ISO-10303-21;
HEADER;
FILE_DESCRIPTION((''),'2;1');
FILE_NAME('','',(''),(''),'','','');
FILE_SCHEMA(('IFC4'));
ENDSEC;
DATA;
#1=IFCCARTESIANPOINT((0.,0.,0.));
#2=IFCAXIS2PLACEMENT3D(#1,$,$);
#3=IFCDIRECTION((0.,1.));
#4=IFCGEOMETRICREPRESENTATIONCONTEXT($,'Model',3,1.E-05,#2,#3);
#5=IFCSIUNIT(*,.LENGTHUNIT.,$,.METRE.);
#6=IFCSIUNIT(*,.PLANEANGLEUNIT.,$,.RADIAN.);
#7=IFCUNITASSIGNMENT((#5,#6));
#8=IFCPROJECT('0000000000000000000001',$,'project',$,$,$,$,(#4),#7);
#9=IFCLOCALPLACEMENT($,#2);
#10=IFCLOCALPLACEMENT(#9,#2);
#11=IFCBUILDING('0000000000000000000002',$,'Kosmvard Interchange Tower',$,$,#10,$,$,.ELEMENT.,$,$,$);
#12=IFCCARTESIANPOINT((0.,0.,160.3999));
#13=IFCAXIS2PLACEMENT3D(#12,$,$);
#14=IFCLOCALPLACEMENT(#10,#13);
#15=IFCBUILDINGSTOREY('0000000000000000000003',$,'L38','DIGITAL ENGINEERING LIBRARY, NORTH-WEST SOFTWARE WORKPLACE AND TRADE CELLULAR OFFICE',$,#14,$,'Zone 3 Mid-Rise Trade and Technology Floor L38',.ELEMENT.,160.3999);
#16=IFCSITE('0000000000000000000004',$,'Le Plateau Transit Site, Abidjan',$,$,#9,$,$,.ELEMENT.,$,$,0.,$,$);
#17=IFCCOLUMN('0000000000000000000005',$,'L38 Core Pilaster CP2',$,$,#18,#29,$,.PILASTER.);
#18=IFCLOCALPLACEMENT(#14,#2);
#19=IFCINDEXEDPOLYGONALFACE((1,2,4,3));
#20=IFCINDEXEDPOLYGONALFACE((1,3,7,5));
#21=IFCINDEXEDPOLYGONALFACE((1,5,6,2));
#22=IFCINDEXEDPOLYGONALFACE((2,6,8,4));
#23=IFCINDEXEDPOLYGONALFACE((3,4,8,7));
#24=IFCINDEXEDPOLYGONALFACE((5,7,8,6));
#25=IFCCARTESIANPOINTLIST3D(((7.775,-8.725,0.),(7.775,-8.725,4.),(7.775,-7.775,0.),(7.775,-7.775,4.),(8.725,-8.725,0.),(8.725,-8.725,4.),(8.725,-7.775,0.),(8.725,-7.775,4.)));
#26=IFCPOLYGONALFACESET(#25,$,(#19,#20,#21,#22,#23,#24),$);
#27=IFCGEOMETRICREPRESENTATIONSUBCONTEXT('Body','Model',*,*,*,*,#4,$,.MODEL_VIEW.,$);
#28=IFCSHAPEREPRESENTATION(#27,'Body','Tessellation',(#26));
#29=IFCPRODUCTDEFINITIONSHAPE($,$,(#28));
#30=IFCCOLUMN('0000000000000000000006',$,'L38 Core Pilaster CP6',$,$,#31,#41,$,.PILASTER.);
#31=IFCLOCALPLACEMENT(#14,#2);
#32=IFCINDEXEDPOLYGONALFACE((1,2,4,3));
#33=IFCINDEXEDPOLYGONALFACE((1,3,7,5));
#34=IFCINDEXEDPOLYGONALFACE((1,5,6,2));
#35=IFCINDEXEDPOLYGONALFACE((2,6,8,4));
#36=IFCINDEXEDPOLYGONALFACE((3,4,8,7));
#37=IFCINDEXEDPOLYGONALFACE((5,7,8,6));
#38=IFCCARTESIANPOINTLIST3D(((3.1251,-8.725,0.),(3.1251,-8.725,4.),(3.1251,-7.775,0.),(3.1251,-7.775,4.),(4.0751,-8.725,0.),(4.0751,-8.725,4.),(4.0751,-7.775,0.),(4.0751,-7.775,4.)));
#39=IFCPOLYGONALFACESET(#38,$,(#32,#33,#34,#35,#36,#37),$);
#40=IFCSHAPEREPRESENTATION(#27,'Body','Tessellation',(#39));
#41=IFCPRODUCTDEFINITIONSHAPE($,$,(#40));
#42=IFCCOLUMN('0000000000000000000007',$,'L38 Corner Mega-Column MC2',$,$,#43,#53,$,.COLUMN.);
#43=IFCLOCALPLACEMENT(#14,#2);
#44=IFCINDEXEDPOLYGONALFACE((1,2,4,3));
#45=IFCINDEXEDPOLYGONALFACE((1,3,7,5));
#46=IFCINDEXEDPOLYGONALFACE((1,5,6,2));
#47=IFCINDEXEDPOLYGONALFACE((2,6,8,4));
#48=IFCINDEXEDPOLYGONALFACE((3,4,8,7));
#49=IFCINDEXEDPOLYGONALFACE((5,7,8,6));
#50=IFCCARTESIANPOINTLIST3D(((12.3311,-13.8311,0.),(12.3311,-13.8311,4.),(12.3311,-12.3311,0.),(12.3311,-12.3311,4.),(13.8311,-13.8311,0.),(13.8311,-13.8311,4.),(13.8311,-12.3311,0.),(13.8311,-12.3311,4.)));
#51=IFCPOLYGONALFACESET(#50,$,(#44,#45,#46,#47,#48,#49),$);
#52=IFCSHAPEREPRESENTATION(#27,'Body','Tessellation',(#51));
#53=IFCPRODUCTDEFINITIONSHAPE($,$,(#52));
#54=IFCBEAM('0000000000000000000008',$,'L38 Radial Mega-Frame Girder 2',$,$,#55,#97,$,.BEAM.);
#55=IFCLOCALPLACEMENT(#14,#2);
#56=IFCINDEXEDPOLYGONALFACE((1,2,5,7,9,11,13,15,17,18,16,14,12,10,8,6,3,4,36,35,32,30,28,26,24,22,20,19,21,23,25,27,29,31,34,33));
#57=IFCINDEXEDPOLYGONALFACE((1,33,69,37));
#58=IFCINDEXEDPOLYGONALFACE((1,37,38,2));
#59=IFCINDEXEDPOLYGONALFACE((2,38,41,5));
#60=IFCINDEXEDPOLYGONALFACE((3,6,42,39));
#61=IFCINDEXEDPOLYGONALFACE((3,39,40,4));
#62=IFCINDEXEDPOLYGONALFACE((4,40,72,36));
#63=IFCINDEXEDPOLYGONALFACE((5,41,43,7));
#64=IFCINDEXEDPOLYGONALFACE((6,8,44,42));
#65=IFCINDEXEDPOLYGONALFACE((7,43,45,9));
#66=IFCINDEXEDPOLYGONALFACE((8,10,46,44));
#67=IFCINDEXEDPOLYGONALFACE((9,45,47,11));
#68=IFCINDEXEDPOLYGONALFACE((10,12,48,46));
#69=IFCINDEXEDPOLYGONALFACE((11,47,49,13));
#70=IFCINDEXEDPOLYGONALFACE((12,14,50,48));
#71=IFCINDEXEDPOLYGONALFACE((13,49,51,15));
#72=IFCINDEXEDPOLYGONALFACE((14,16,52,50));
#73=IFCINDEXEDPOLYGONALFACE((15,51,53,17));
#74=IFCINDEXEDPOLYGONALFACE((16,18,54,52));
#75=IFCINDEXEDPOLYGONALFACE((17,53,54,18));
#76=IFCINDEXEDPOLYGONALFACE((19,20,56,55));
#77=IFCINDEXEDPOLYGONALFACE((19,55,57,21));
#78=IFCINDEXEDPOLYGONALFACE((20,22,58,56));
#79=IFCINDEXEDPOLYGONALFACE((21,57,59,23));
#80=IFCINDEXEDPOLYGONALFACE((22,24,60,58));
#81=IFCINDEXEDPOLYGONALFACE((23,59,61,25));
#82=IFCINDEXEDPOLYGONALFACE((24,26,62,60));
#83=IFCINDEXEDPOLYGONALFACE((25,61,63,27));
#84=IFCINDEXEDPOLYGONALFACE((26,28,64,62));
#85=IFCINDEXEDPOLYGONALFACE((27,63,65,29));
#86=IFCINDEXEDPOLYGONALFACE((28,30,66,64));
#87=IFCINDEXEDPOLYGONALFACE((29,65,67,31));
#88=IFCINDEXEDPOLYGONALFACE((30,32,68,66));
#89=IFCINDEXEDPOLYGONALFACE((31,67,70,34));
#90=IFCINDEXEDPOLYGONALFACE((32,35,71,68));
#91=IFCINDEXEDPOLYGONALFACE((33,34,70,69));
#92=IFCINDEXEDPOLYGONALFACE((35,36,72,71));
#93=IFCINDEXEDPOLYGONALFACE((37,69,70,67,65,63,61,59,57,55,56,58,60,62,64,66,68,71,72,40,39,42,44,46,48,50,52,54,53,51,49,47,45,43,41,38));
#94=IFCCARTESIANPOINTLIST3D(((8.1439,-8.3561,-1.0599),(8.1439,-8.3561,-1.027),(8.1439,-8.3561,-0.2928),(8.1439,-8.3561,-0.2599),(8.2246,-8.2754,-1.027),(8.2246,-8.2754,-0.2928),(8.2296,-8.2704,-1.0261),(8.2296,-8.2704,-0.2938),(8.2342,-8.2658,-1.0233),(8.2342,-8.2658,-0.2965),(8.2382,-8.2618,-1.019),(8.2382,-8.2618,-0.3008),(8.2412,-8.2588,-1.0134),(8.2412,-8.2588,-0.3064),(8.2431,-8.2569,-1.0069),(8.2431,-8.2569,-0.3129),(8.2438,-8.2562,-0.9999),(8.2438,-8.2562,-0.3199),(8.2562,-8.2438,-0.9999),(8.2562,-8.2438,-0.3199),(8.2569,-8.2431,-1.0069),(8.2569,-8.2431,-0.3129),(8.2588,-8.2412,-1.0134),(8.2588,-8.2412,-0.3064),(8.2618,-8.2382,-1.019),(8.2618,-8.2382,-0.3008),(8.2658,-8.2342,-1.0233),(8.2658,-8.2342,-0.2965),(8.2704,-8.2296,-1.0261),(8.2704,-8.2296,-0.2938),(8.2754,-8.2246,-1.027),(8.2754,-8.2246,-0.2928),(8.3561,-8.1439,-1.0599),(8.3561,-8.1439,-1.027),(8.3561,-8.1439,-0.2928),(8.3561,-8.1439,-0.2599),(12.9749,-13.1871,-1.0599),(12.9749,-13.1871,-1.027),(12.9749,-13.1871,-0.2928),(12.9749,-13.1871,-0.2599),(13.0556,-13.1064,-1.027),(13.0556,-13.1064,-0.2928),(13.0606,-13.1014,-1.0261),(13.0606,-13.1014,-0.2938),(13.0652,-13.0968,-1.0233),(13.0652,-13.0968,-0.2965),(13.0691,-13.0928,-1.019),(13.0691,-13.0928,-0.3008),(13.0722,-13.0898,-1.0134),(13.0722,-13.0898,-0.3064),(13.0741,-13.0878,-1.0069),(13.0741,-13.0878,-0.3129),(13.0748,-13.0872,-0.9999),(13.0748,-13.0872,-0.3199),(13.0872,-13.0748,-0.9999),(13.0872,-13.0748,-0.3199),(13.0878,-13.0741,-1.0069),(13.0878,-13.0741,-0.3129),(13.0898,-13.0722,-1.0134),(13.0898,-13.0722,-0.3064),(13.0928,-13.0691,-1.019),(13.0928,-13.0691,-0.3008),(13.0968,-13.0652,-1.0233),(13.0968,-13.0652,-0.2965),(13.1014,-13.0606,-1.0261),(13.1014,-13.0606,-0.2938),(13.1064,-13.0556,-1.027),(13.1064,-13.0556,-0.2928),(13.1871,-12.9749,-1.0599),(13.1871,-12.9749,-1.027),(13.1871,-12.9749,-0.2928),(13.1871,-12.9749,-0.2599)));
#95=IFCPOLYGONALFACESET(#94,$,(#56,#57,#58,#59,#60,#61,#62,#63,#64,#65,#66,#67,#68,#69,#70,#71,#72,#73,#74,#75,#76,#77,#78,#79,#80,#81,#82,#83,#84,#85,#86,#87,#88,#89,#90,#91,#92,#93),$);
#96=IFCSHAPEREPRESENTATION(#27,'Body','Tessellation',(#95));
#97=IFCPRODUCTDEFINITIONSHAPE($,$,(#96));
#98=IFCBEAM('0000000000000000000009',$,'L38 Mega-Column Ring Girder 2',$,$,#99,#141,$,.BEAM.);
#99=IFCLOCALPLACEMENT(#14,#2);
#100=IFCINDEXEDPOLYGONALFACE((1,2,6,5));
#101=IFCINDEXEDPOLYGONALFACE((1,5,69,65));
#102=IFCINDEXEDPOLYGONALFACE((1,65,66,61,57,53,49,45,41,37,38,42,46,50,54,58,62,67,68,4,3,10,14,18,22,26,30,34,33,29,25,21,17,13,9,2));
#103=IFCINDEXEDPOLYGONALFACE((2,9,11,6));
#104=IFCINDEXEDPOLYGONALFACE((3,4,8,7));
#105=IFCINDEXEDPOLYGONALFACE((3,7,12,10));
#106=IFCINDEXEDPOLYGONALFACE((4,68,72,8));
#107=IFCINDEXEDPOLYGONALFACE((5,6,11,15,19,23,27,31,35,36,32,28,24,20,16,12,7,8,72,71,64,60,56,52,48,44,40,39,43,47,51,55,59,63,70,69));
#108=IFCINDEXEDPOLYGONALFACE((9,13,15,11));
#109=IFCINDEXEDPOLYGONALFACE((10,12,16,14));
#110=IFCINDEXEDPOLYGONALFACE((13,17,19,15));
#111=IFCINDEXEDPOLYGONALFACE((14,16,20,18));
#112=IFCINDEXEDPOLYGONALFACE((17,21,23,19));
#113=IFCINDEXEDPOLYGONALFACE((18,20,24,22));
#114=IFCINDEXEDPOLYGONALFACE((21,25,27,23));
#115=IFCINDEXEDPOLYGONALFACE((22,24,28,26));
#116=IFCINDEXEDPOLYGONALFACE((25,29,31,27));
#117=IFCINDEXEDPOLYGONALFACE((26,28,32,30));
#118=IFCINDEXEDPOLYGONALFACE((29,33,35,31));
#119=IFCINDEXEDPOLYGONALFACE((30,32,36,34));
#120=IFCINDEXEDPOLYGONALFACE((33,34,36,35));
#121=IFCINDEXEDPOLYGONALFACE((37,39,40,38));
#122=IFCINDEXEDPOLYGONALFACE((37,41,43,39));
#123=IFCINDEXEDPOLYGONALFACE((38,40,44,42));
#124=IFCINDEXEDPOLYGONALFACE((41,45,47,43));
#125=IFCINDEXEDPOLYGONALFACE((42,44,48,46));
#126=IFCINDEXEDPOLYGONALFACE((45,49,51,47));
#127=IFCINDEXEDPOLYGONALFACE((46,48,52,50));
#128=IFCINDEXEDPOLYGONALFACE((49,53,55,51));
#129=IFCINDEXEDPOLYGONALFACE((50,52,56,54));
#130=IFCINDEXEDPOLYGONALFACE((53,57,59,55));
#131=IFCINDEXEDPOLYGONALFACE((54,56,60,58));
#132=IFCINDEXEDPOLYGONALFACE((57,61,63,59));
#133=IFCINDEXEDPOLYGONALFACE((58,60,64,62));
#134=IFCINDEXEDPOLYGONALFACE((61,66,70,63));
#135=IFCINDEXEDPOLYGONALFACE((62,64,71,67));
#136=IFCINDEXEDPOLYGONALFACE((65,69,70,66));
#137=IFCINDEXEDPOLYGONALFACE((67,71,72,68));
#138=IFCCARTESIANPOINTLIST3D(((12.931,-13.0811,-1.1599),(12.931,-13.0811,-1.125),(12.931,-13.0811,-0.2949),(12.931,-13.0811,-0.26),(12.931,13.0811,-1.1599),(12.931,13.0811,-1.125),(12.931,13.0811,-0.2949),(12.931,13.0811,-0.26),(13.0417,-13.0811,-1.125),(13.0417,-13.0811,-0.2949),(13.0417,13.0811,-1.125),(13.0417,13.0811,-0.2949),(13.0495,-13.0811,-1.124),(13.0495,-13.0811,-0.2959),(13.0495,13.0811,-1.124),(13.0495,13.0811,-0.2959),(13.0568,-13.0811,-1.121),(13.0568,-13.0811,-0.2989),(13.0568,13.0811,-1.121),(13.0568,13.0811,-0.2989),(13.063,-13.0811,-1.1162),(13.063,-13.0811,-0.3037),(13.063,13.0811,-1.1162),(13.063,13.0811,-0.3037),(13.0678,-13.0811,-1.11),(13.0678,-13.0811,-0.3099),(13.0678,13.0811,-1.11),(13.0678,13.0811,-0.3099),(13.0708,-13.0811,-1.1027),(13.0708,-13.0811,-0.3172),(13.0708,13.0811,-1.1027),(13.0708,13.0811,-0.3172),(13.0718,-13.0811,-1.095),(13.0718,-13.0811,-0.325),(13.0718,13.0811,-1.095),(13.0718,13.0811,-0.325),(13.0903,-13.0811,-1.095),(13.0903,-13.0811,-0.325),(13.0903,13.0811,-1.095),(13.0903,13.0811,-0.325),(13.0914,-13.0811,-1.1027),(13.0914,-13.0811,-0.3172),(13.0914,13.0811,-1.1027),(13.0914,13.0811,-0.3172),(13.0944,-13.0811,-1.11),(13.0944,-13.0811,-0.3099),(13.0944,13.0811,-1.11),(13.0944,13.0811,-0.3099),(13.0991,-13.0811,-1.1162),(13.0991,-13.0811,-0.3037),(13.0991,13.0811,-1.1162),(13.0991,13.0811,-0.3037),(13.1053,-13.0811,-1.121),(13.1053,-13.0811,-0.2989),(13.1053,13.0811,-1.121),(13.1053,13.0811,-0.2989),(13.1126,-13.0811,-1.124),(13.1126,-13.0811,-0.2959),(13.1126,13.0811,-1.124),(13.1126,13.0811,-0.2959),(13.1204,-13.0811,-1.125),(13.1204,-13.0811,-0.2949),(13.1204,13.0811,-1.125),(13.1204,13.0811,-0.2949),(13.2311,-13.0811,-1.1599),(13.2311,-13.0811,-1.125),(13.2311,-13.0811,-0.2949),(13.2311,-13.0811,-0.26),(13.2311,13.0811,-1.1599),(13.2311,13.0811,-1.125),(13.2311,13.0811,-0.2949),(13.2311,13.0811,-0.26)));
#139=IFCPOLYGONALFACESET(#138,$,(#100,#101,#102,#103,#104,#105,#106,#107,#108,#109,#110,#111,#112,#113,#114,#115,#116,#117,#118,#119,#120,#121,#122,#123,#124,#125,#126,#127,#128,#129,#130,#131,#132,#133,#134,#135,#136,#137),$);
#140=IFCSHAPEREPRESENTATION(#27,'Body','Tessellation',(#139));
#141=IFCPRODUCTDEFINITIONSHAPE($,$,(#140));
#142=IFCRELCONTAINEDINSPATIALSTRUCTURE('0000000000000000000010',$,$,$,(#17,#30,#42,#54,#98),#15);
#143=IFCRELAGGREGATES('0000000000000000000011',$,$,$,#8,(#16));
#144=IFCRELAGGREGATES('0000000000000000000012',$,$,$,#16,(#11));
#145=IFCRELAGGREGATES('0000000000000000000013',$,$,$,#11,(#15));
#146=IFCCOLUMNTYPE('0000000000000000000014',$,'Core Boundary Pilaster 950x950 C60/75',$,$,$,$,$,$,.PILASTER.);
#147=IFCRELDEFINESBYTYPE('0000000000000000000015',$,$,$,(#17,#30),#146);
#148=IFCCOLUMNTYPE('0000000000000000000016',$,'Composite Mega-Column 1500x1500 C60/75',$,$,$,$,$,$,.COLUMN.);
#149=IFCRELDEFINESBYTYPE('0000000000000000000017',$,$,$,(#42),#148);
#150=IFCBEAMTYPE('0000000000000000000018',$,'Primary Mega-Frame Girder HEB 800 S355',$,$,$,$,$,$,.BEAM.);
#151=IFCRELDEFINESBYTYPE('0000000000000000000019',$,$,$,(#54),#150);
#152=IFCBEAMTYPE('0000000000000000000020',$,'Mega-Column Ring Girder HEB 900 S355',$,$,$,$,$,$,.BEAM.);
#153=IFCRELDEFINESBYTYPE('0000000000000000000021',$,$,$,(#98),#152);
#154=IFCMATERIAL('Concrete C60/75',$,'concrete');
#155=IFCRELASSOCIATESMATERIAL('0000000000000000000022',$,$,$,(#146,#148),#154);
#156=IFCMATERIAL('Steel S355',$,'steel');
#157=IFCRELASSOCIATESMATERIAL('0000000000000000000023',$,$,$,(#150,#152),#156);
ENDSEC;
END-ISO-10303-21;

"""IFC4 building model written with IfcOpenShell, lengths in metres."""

from ifc_helpers import new_model, si_unit, direction, frame, origin, origin_2d, place, context, subcontext, project, spatial, rectangle, i_section, extrude, source, transform, mapped, material, material_profile, profile_set, type_object, element, save


model = new_model("IFC4")

# Units and contexts
model_context = context("Model", 3, precision=1e-05, world=origin(), true_north=direction((0.0, 1.0)))
body_context = subcontext(model_context, "Body", "Model", "MODEL_VIEW")
ifc_project = project(units=[si_unit("LENGTHUNIT", "METRE"), si_unit("PLANEANGLEUNIT", "RADIAN")], contexts=[model_context])

# Site, building, storey
site_placement = place(None, origin())
site = spatial("IfcSite", under=ifc_project, at=site_placement, Name="Le Plateau Transit Site, Abidjan", CompositionType="ELEMENT", RefElevation=0.0)
building_placement = place(site_placement, origin())
building = spatial("IfcBuilding", under=site, at=building_placement, Name="Kosmvard Interchange Tower", CompositionType="ELEMENT")
storey_placement = place(building_placement, frame((0.0, 0.0, 160.3999)))
storey = spatial("IfcBuildingStorey", under=building, at=storey_placement, Name="L38", Description="DIGITAL ENGINEERING LIBRARY, NORTH-WEST SOFTWARE WORKPLACE AND TRADE CELLULAR OFFICE", LongName="Zone 3 Mid-Rise Trade and Technology Floor L38", CompositionType="ELEMENT", Elevation=160.3999)

# Columns
ifc_material_1 = material(Name="Concrete C60/75", Category="concrete")
ifc_material_profile_1 = material_profile(ifc_material_1, rectangle(XDim=0.95, YDim=0.95, at=origin_2d()), Name="CP 950x950")
ifc_profile_set_1 = profile_set([ifc_material_profile_1], Name="Concrete C60/75")
column_type_1 = type_object("IfcColumnType", Name="Core Boundary Pilaster 950x950 C60/75", PredefinedType="PILASTER", material=ifc_profile_set_1)
shared_shape_1 = source(origin(), body_context, "Body", "SweptSolid", [
    extrude(rectangle(XDim=0.95, YDim=0.95, at=origin_2d()), origin(), (0.0, 0.0, 1.0), 4.0),
])
for number, where, z_axis, x_axis, name in (
    (1, (8.25, -8.25, 0.0), (0.0, 0.0, 1.0), (1.0, 0.0, 0.0), "L38 Core Pilaster CP2"),
    (2, (3.6001, -8.25, 0.0), (0.0, 0.0, 1.0), (1.0, 0.0, 0.0), "L38 Core Pilaster CP6"),
):
    element("IfcColumn", number, at=place(storey_placement, frame(where, z_axis=z_axis, x_axis=x_axis)), inside=storey, type_object=column_type_1, Name=name, PredefinedType="PILASTER", context=body_context, shape_type="MappedRepresentation", body=[
        mapped(shared_shape_1, transform((0.0, 0.0, 0.0), scale=1.0)),
    ])
ifc_material_profile_2 = material_profile(ifc_material_1, rectangle(XDim=1.5, YDim=1.5, at=origin_2d()), Name="MC 1500x1500")
ifc_profile_set_2 = profile_set([ifc_material_profile_2], Name="Concrete C60/75")
column_type_2 = type_object("IfcColumnType", Name="Composite Mega-Column 1500x1500 C60/75", PredefinedType="COLUMN", material=ifc_profile_set_2)
shared_shape_2 = source(origin(), body_context, "Body", "SweptSolid", [
    extrude(rectangle(XDim=1.5, YDim=1.5, at=origin_2d()), origin(), (0.0, 0.0, 1.0), 4.0),
])
column_placement = place(storey_placement, frame((13.0811, -13.0811, 0.0), z_axis=(0.0, 0.0, 1.0), x_axis=(1.0, 0.0, 0.0)))
element("IfcColumn", 3, at=column_placement, inside=storey, type_object=column_type_2, Name="L38 Corner Mega-Column MC2", PredefinedType="COLUMN", context=body_context, shape_type="MappedRepresentation", body=[
    mapped(shared_shape_2, transform((0.0, 0.0, 0.0), scale=1.0)),
])

# Beams
ifc_material_2 = material(Name="Steel S355", Category="steel")
ifc_material_profile_3 = material_profile(ifc_material_2, i_section(OverallWidth=0.3, OverallDepth=0.8, WebThickness=0.0176, FlangeThickness=0.033, FilletRadius=0.0271, at=origin_2d()), Name="HEB 800")
ifc_profile_set_3 = profile_set([ifc_material_profile_3], Name="Steel S355")
beam_type_1 = type_object("IfcBeamType", Name="Primary Mega-Frame Girder HEB 800 S355", PredefinedType="BEAM", material=ifc_profile_set_3)
shared_shape_3 = source(origin(), body_context, "Body", "SweptSolid", [
    extrude(i_section(OverallWidth=0.3, OverallDepth=0.8, WebThickness=0.0176, FlangeThickness=0.033, FilletRadius=0.0271, at=origin_2d()), origin(), (0.0, 0.0, 1.0), 6.832),
])
beam_1_placement = place(storey_placement, frame((8.25, -8.25, -0.6599), z_axis=(0.707107, -0.707107, 0.0), x_axis=(0.707107, 0.707107, 0.0)))
element("IfcBeam", 4, at=beam_1_placement, inside=storey, type_object=beam_type_1, Name="L38 Radial Mega-Frame Girder 2", PredefinedType="BEAM", context=body_context, shape_type="MappedRepresentation", body=[
    mapped(shared_shape_3, transform((0.0, 0.0, 0.0), scale=1.0)),
])
ifc_material_profile_4 = material_profile(ifc_material_2, i_section(OverallWidth=0.3, OverallDepth=0.8999, WebThickness=0.0186, FlangeThickness=0.0349, FilletRadius=0.03, at=origin_2d()), Name="HEB 900")
ifc_profile_set_4 = profile_set([ifc_material_profile_4], Name="Steel S355")
beam_type_2 = type_object("IfcBeamType", Name="Mega-Column Ring Girder HEB 900 S355", PredefinedType="BEAM", material=ifc_profile_set_4)
shared_shape_4 = source(origin(), body_context, "Body", "SweptSolid", [
    extrude(i_section(OverallWidth=0.3, OverallDepth=0.8999, WebThickness=0.0186, FlangeThickness=0.0349, FilletRadius=0.03, at=origin_2d()), origin(), (0.0, 0.0, 1.0), 26.1621),
])
beam_2_placement = place(storey_placement, frame((13.0811, -13.0811, -0.71), z_axis=(0.0, 1.0, 0.0), x_axis=(-1.0, 0.0, 0.0)))
element("IfcBeam", 5, at=beam_2_placement, inside=storey, type_object=beam_type_2, Name="L38 Mega-Column Ring Girder 2", PredefinedType="BEAM", context=body_context, shape_type="MappedRepresentation", body=[
    mapped(shared_shape_4, transform((0.0, 0.0, 0.0), scale=1.0)),
])

save(model, "model.ifc")
